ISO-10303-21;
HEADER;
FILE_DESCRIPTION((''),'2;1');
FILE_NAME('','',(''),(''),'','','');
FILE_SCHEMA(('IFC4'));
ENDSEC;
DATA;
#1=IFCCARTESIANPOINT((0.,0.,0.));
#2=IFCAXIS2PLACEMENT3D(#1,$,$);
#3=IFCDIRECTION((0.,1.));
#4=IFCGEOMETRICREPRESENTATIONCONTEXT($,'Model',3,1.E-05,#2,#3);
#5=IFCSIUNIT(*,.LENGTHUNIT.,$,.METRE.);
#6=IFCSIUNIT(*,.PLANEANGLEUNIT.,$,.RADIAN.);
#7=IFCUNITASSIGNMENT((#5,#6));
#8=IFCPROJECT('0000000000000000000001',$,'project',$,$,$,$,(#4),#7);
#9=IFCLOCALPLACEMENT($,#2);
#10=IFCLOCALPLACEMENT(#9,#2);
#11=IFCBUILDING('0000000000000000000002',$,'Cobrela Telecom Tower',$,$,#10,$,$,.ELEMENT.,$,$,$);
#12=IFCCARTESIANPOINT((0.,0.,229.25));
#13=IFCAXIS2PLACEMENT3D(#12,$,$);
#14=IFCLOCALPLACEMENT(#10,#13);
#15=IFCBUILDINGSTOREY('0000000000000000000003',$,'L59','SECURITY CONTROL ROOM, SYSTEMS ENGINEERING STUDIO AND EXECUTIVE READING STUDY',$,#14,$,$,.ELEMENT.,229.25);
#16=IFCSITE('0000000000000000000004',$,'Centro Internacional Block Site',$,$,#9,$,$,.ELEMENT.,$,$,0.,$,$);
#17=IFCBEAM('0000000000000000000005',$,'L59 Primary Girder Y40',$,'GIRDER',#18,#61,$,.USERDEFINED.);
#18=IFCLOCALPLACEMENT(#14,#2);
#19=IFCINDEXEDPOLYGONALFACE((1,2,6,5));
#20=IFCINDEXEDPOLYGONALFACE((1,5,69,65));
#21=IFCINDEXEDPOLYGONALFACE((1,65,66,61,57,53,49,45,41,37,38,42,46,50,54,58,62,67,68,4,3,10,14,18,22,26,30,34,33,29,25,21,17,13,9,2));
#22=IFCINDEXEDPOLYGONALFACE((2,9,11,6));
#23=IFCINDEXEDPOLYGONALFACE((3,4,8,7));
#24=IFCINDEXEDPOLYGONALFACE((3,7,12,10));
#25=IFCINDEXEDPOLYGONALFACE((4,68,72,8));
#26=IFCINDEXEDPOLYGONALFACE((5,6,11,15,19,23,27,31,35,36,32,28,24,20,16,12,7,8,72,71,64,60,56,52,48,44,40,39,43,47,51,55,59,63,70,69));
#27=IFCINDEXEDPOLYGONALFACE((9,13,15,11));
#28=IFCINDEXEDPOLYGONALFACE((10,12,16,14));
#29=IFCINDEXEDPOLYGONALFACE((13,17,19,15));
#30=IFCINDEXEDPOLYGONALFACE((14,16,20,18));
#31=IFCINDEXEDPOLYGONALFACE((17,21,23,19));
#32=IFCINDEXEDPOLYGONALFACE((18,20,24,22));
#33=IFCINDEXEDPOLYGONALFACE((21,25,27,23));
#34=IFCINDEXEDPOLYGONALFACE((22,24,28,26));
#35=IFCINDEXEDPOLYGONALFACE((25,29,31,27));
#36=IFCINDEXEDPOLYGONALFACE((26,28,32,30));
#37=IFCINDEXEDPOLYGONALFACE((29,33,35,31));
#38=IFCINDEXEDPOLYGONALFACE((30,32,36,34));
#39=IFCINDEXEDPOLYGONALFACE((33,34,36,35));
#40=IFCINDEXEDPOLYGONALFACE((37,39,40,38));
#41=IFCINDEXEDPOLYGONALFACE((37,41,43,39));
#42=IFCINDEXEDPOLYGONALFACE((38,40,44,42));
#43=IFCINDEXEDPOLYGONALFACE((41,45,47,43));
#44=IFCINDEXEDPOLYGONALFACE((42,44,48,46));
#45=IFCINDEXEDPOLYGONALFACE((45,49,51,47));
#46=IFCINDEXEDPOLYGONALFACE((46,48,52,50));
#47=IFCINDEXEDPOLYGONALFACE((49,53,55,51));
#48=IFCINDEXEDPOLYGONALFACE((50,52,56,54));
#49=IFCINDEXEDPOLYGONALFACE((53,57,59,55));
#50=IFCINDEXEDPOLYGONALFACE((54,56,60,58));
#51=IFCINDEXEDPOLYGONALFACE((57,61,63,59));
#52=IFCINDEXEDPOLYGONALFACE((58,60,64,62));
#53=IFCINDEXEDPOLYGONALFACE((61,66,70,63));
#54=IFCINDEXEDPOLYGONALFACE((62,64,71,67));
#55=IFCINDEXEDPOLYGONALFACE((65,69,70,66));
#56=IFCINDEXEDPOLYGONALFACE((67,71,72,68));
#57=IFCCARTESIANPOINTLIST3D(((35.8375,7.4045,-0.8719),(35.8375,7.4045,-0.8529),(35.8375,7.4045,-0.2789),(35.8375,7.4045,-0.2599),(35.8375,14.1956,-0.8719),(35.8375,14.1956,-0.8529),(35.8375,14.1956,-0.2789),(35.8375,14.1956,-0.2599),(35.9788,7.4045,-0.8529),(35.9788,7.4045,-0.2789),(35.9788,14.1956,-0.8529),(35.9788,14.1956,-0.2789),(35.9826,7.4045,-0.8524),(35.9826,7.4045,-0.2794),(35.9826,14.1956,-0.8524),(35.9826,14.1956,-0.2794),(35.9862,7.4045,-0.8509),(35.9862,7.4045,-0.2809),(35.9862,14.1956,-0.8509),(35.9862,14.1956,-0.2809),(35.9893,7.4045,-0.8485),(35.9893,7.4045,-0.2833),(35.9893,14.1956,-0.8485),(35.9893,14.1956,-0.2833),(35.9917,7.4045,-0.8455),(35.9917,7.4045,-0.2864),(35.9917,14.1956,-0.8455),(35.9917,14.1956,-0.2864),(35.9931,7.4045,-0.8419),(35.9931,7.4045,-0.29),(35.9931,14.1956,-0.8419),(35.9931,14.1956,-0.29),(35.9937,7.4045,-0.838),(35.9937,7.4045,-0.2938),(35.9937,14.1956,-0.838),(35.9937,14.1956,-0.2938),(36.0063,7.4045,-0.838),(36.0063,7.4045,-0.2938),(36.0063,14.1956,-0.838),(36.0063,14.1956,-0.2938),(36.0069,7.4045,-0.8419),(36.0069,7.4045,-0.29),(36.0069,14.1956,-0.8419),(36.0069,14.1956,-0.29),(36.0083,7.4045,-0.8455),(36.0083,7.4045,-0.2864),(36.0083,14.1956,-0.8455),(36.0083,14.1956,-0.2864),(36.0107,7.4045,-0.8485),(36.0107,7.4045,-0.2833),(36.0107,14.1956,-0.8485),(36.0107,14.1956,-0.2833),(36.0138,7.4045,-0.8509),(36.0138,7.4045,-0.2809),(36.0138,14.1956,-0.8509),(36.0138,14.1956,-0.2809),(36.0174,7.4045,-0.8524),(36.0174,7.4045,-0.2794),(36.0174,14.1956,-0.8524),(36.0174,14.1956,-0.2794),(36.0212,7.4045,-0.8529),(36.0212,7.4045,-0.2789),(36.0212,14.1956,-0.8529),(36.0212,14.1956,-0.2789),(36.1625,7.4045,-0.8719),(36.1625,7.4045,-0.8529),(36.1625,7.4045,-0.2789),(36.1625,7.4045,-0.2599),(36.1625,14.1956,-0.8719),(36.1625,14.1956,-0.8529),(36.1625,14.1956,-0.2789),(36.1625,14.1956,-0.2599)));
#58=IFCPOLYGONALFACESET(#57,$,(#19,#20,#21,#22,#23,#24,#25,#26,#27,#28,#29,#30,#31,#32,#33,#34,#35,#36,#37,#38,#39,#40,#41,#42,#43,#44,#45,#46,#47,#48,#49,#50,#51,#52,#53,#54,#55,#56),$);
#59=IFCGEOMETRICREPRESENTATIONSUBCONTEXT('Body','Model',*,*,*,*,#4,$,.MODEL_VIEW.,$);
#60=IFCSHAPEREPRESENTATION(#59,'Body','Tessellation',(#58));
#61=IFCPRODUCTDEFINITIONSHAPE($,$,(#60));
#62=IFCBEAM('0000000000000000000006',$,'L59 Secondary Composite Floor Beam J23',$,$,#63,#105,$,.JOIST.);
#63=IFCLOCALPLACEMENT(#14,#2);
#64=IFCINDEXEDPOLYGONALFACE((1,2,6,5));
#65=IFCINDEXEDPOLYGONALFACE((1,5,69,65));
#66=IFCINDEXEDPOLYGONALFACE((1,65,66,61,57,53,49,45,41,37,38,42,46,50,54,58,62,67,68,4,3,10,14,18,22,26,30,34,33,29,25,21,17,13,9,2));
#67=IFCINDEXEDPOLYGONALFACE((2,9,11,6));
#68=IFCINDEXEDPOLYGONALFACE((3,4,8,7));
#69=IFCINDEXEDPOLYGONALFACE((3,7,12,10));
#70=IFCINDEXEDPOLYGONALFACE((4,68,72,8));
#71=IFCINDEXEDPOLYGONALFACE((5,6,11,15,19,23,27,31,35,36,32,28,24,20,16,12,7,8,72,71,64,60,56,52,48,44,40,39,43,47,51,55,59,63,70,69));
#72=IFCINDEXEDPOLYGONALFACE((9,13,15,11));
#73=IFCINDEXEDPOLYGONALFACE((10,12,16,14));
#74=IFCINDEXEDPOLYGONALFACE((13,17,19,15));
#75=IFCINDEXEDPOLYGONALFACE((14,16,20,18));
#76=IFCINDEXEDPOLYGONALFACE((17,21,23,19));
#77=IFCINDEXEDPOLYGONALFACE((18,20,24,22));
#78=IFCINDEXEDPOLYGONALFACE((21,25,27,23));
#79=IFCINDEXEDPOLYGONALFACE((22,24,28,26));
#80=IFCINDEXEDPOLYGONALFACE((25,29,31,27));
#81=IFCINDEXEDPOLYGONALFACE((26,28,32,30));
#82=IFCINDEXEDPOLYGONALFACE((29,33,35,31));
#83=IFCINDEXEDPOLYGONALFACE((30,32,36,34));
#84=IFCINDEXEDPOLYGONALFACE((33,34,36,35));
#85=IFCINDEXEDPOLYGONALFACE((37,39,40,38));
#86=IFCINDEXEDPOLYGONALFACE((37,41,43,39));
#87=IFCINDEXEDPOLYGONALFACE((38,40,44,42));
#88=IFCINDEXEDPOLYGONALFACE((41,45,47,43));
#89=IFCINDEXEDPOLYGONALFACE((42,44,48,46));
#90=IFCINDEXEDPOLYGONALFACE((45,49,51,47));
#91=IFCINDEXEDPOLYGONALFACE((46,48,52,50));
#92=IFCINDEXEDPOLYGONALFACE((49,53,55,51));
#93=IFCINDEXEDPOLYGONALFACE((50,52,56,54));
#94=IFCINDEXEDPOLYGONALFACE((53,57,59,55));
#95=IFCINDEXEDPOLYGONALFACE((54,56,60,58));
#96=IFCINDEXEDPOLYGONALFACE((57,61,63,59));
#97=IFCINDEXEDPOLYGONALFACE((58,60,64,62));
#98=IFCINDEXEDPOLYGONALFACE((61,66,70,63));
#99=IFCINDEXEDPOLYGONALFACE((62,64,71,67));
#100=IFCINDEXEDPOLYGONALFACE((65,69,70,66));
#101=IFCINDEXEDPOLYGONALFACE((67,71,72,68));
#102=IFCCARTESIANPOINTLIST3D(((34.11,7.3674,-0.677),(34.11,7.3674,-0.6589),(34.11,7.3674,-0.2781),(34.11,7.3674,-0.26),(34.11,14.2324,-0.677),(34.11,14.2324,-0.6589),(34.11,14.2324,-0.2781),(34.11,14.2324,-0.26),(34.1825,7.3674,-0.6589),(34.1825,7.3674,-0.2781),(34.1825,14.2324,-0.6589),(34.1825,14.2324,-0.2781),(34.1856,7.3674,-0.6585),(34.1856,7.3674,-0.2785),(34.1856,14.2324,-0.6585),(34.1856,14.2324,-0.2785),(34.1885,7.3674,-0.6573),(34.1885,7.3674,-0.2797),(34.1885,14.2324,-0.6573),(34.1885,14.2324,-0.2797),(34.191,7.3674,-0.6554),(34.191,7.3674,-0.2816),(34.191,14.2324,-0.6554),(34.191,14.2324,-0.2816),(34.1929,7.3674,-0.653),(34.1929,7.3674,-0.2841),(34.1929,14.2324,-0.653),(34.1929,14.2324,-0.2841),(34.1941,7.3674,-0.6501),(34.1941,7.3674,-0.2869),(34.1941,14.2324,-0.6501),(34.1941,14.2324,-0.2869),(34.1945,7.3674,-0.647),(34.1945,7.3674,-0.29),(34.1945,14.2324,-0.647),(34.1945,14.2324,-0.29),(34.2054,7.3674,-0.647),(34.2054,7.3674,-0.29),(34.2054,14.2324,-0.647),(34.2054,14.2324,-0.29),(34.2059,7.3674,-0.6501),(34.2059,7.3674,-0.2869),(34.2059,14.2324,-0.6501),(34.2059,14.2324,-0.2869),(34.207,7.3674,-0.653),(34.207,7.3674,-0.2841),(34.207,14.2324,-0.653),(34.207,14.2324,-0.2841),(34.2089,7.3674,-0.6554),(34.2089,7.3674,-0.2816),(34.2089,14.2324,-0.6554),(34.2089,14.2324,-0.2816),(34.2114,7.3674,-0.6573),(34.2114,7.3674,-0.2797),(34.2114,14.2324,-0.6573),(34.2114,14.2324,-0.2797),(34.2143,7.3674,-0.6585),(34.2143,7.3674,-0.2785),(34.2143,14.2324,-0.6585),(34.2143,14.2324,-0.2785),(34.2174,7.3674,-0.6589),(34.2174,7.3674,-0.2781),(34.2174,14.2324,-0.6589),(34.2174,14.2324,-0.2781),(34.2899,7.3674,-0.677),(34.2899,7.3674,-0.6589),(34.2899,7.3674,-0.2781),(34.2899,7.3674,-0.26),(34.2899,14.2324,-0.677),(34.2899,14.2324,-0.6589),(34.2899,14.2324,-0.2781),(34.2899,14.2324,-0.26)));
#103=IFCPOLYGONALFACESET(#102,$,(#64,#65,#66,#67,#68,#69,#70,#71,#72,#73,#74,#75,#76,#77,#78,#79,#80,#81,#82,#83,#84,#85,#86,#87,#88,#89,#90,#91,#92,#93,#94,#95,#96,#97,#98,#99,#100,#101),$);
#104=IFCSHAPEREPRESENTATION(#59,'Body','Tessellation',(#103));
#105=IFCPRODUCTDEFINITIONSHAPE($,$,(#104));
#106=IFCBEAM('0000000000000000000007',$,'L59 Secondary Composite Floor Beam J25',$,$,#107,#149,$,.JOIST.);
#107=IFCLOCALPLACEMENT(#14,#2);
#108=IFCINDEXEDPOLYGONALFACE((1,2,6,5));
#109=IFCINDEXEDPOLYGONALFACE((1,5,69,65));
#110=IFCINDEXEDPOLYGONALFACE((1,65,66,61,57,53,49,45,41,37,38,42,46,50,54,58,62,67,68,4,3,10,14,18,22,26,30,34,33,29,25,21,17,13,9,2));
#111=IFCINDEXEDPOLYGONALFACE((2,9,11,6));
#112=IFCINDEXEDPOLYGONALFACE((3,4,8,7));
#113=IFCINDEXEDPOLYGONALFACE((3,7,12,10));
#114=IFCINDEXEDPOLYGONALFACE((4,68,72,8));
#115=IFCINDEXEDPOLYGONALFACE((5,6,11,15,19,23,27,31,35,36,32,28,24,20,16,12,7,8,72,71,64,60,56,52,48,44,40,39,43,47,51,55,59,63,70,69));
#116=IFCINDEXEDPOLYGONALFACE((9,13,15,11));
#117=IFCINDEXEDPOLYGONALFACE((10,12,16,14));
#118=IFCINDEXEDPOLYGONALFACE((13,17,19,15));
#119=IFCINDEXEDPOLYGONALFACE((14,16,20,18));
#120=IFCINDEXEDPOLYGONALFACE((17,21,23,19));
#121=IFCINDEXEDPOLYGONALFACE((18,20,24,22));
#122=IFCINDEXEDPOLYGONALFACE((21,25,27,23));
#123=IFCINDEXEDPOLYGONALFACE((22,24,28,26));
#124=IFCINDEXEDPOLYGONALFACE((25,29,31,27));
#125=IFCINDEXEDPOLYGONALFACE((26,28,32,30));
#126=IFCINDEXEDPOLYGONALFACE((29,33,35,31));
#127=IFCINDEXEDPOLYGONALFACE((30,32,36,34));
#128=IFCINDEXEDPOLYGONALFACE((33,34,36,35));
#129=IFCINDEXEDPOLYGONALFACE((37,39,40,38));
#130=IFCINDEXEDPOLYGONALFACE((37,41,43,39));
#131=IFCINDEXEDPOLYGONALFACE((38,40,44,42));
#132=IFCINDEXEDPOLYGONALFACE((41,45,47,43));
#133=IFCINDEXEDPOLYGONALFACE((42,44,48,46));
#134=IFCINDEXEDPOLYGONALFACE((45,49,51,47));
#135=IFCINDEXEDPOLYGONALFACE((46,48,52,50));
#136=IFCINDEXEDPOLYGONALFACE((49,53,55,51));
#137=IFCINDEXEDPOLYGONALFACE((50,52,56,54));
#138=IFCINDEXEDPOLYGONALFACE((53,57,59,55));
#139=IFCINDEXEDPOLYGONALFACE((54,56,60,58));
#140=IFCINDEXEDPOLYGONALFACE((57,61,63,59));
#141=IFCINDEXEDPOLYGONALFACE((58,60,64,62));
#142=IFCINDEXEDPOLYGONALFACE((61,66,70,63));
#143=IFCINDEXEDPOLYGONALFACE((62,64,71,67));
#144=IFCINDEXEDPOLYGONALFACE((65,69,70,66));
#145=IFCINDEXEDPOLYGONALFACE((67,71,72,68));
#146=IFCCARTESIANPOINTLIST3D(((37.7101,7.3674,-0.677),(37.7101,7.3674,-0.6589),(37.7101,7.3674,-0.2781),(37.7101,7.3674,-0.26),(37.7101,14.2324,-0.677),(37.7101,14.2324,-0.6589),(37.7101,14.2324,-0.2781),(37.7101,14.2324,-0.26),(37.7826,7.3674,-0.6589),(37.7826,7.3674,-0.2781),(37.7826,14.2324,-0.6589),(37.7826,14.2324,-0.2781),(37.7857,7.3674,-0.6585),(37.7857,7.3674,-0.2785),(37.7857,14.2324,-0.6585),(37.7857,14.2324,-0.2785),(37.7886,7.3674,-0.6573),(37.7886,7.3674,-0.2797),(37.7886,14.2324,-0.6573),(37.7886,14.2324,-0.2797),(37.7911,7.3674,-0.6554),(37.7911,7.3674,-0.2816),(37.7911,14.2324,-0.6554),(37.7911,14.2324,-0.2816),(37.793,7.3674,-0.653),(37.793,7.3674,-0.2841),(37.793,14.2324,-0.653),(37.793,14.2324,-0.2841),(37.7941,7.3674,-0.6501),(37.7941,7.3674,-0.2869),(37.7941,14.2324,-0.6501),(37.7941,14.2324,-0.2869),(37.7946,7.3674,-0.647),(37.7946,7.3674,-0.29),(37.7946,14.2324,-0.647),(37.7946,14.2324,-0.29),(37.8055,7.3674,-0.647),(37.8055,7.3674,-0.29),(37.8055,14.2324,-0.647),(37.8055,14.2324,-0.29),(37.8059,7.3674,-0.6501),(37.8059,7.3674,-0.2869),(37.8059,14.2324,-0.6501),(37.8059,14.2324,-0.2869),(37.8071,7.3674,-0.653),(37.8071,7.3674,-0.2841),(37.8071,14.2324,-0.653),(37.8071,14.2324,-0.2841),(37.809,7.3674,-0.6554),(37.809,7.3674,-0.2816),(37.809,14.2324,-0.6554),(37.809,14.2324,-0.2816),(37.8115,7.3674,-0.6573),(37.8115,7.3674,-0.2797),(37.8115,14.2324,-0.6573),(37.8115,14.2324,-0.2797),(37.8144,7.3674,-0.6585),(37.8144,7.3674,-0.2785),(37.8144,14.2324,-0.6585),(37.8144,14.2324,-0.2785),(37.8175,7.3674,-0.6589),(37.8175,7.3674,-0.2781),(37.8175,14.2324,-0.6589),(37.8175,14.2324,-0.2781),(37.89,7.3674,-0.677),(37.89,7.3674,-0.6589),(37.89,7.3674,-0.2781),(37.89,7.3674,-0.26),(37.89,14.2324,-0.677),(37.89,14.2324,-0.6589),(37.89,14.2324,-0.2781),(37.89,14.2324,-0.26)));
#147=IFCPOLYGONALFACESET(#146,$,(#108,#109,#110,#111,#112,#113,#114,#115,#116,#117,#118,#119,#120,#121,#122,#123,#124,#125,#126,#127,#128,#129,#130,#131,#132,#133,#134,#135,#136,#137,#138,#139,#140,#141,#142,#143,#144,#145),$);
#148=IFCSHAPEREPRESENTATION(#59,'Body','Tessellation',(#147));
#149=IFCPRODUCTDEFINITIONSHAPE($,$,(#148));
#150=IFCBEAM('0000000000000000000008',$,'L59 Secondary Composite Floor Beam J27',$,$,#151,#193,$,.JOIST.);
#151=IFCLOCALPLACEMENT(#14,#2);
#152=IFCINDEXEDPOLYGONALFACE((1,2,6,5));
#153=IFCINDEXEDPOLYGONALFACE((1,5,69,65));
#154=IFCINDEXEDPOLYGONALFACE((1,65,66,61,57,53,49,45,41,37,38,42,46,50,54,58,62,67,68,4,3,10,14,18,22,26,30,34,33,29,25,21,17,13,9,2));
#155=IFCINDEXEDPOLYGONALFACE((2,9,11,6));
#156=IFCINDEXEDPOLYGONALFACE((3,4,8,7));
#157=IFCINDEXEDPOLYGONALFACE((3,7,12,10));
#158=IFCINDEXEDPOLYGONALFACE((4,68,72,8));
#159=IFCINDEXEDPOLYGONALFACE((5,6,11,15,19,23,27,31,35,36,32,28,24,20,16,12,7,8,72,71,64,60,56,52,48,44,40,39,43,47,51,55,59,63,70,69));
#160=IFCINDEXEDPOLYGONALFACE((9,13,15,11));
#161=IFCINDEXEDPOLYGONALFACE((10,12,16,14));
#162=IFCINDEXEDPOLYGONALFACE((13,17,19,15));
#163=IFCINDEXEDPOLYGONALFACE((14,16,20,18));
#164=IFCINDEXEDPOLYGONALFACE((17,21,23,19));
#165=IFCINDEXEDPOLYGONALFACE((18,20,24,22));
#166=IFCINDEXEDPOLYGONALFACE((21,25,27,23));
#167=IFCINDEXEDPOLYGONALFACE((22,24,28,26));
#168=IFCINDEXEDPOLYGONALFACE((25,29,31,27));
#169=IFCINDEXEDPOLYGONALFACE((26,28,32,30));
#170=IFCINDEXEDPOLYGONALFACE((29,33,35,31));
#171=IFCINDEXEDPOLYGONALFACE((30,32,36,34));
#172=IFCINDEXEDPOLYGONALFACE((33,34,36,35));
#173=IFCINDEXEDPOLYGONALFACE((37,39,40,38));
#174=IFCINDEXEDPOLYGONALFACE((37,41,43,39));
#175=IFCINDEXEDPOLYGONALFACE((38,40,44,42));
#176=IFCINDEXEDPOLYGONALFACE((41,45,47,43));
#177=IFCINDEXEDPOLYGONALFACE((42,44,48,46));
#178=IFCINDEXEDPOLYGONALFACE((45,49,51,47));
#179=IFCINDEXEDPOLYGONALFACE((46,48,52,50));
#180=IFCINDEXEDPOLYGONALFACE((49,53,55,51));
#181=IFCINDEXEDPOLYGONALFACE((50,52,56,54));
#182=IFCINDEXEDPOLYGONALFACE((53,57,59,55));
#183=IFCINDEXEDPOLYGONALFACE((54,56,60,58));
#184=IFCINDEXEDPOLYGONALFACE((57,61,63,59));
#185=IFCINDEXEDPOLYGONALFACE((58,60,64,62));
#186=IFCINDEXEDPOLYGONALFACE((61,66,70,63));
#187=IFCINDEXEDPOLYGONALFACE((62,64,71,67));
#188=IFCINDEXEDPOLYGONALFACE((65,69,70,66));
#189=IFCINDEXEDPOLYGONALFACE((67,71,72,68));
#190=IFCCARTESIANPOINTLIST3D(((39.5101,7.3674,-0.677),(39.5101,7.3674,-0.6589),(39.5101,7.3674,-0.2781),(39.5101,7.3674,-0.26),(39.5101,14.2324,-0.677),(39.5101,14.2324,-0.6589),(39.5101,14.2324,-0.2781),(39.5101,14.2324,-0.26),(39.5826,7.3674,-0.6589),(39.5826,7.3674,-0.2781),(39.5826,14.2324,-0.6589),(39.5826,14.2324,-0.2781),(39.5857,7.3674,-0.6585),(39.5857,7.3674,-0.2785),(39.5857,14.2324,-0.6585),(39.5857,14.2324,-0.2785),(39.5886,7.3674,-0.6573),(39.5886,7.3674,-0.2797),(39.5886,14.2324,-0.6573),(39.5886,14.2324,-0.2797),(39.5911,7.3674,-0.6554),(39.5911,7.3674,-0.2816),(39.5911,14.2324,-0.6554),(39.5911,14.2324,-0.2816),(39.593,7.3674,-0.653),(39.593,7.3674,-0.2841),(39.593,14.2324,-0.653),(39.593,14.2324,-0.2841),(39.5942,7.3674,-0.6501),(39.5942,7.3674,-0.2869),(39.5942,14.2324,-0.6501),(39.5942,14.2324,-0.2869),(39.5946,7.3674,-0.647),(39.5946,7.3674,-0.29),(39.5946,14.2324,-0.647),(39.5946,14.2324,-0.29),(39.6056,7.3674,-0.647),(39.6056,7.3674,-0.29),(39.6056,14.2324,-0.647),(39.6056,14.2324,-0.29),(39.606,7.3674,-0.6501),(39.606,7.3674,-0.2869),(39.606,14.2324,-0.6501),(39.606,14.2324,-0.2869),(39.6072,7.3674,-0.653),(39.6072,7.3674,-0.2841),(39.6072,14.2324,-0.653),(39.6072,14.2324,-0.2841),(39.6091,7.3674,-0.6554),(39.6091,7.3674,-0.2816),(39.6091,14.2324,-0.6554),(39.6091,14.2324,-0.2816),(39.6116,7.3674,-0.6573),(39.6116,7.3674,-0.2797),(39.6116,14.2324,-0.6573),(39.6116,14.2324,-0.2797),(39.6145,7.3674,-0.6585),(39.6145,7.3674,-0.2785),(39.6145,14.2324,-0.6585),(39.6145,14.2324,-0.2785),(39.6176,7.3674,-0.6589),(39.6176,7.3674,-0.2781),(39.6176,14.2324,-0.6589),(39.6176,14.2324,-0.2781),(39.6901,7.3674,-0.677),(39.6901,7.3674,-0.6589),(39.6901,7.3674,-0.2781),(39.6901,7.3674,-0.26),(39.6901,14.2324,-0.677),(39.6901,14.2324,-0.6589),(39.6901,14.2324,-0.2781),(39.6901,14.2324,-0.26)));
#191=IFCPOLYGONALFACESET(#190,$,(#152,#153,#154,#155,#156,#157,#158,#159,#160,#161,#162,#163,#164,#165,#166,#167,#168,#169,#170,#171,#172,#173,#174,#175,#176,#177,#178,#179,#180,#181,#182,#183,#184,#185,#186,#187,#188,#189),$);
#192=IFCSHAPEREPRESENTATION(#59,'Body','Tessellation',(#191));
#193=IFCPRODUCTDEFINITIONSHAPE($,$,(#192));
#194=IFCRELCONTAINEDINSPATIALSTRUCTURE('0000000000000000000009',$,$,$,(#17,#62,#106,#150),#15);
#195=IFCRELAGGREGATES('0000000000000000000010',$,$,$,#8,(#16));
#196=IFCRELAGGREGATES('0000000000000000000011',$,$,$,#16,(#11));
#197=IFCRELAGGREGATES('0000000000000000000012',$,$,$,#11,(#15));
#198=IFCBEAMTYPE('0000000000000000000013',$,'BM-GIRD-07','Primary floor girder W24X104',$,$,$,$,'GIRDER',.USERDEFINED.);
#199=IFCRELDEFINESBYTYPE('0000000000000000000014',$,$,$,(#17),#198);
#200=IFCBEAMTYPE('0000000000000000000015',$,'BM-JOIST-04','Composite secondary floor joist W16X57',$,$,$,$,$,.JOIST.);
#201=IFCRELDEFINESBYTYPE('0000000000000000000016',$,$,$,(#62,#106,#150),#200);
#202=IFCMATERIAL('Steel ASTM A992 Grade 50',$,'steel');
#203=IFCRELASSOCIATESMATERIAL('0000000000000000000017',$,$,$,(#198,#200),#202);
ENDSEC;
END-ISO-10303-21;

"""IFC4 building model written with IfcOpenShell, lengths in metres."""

from ifc_helpers import new_model, si_unit, direction, frame, origin, origin_2d, place, context, subcontext, project, spatial, i_section, extrude, material, material_profile, profile_set, type_object, element, save


model = new_model("IFC4")

# Units and contexts
model_context = context("Model", 3, precision=1e-05, world=origin(), true_north=direction((0.0, 1.0)))
body_context = subcontext(model_context, "Body", "Model", "MODEL_VIEW")
ifc_project = project(units=[si_unit("LENGTHUNIT", "METRE"), si_unit("PLANEANGLEUNIT", "RADIAN")], contexts=[model_context])

# Site, building, storey
site_placement = place(None, origin())
site = spatial("IfcSite", under=ifc_project, at=site_placement, Name="Centro Internacional Block Site", CompositionType="ELEMENT", RefElevation=0.0)
building_placement = place(site_placement, origin())
building = spatial("IfcBuilding", under=site, at=building_placement, Name="Cobrela Telecom Tower", CompositionType="ELEMENT")
storey_placement = place(building_placement, frame((0.0, 0.0, 229.25)))
storey = spatial("IfcBuildingStorey", under=building, at=storey_placement, Name="L59", Description="SECURITY CONTROL ROOM, SYSTEMS ENGINEERING STUDIO AND EXECUTIVE READING STUDY", CompositionType="ELEMENT", Elevation=229.25)

# Shared definitions
ifc_material_1 = material(Name="Steel ASTM A992 Grade 50", Category="steel")

# Beams
ifc_material_profile_1 = material_profile(ifc_material_1, i_section(OverallWidth=0.325, OverallDepth=0.6121, WebThickness=0.0127, FlangeThickness=0.019, FilletRadius=0.0149, at=origin_2d()), Name="W24X104")
ifc_profile_set_1 = profile_set([ifc_material_profile_1], Name="Steel ASTM A992 Grade 50")
beam_type_1 = type_object("IfcBeamType", Name="BM-GIRD-07", Description="Primary floor girder W24X104", ElementType="GIRDER", PredefinedType="USERDEFINED", material=ifc_profile_set_1)
beam_1_placement = place(storey_placement, frame((36.0, 7.4045, -0.5659), z_axis=(0.0, 1.0, 0.0), x_axis=(-1.0, 0.0, 0.0)))
element("IfcBeam", 1, at=beam_1_placement, inside=storey, type_object=beam_type_1, Name="L59 Primary Girder Y40", ObjectType="GIRDER", PredefinedType="USERDEFINED", context=body_context, shape_type="SweptSolid", body=[
    extrude(i_section(OverallWidth=0.325, OverallDepth=0.6121, WebThickness=0.0127, FlangeThickness=0.019, FilletRadius=0.0149, at=origin_2d()), origin(), (0.0, 0.0, 1.0), 6.791),
])
ifc_material_profile_2 = material_profile(ifc_material_1, i_section(OverallWidth=0.1799, OverallDepth=0.417, WebThickness=0.011, FlangeThickness=0.0181, FilletRadius=0.012, at=origin_2d()), Name="W16X57")
ifc_profile_set_2 = profile_set([ifc_material_profile_2], Name="Steel ASTM A992 Grade 50")
beam_type_2 = type_object("IfcBeamType", Name="BM-JOIST-04", Description="Composite secondary floor joist W16X57", PredefinedType="JOIST", material=ifc_profile_set_2)
for number, where, z_axis, x_axis, name in (
    (2, (34.2, 7.3674, -0.4685), (0.0, 1.0, 0.0), (-1.0, 0.0, 0.0), "L59 Secondary Composite Floor Beam J23"),
    (3, (37.8, 7.3674, -0.4685), (0.0, 1.0, 0.0), (-1.0, 0.0, 0.0), "L59 Secondary Composite Floor Beam J25"),
    (4, (39.6001, 7.3674, -0.4685), (0.0, 1.0, 0.0), (-1.0, 0.0, 0.0), "L59 Secondary Composite Floor Beam J27"),
):
    element("IfcBeam", number, at=place(storey_placement, frame(where, z_axis=z_axis, x_axis=x_axis)), inside=storey, type_object=beam_type_2, Name=name, PredefinedType="JOIST", context=body_context, shape_type="SweptSolid", body=[
        extrude(i_section(OverallWidth=0.1799, OverallDepth=0.417, WebThickness=0.011, FlangeThickness=0.0181, FilletRadius=0.012, at=origin_2d()), origin(), (0.0, 0.0, 1.0), 6.865),
    ])

save(model, "model.ifc")
